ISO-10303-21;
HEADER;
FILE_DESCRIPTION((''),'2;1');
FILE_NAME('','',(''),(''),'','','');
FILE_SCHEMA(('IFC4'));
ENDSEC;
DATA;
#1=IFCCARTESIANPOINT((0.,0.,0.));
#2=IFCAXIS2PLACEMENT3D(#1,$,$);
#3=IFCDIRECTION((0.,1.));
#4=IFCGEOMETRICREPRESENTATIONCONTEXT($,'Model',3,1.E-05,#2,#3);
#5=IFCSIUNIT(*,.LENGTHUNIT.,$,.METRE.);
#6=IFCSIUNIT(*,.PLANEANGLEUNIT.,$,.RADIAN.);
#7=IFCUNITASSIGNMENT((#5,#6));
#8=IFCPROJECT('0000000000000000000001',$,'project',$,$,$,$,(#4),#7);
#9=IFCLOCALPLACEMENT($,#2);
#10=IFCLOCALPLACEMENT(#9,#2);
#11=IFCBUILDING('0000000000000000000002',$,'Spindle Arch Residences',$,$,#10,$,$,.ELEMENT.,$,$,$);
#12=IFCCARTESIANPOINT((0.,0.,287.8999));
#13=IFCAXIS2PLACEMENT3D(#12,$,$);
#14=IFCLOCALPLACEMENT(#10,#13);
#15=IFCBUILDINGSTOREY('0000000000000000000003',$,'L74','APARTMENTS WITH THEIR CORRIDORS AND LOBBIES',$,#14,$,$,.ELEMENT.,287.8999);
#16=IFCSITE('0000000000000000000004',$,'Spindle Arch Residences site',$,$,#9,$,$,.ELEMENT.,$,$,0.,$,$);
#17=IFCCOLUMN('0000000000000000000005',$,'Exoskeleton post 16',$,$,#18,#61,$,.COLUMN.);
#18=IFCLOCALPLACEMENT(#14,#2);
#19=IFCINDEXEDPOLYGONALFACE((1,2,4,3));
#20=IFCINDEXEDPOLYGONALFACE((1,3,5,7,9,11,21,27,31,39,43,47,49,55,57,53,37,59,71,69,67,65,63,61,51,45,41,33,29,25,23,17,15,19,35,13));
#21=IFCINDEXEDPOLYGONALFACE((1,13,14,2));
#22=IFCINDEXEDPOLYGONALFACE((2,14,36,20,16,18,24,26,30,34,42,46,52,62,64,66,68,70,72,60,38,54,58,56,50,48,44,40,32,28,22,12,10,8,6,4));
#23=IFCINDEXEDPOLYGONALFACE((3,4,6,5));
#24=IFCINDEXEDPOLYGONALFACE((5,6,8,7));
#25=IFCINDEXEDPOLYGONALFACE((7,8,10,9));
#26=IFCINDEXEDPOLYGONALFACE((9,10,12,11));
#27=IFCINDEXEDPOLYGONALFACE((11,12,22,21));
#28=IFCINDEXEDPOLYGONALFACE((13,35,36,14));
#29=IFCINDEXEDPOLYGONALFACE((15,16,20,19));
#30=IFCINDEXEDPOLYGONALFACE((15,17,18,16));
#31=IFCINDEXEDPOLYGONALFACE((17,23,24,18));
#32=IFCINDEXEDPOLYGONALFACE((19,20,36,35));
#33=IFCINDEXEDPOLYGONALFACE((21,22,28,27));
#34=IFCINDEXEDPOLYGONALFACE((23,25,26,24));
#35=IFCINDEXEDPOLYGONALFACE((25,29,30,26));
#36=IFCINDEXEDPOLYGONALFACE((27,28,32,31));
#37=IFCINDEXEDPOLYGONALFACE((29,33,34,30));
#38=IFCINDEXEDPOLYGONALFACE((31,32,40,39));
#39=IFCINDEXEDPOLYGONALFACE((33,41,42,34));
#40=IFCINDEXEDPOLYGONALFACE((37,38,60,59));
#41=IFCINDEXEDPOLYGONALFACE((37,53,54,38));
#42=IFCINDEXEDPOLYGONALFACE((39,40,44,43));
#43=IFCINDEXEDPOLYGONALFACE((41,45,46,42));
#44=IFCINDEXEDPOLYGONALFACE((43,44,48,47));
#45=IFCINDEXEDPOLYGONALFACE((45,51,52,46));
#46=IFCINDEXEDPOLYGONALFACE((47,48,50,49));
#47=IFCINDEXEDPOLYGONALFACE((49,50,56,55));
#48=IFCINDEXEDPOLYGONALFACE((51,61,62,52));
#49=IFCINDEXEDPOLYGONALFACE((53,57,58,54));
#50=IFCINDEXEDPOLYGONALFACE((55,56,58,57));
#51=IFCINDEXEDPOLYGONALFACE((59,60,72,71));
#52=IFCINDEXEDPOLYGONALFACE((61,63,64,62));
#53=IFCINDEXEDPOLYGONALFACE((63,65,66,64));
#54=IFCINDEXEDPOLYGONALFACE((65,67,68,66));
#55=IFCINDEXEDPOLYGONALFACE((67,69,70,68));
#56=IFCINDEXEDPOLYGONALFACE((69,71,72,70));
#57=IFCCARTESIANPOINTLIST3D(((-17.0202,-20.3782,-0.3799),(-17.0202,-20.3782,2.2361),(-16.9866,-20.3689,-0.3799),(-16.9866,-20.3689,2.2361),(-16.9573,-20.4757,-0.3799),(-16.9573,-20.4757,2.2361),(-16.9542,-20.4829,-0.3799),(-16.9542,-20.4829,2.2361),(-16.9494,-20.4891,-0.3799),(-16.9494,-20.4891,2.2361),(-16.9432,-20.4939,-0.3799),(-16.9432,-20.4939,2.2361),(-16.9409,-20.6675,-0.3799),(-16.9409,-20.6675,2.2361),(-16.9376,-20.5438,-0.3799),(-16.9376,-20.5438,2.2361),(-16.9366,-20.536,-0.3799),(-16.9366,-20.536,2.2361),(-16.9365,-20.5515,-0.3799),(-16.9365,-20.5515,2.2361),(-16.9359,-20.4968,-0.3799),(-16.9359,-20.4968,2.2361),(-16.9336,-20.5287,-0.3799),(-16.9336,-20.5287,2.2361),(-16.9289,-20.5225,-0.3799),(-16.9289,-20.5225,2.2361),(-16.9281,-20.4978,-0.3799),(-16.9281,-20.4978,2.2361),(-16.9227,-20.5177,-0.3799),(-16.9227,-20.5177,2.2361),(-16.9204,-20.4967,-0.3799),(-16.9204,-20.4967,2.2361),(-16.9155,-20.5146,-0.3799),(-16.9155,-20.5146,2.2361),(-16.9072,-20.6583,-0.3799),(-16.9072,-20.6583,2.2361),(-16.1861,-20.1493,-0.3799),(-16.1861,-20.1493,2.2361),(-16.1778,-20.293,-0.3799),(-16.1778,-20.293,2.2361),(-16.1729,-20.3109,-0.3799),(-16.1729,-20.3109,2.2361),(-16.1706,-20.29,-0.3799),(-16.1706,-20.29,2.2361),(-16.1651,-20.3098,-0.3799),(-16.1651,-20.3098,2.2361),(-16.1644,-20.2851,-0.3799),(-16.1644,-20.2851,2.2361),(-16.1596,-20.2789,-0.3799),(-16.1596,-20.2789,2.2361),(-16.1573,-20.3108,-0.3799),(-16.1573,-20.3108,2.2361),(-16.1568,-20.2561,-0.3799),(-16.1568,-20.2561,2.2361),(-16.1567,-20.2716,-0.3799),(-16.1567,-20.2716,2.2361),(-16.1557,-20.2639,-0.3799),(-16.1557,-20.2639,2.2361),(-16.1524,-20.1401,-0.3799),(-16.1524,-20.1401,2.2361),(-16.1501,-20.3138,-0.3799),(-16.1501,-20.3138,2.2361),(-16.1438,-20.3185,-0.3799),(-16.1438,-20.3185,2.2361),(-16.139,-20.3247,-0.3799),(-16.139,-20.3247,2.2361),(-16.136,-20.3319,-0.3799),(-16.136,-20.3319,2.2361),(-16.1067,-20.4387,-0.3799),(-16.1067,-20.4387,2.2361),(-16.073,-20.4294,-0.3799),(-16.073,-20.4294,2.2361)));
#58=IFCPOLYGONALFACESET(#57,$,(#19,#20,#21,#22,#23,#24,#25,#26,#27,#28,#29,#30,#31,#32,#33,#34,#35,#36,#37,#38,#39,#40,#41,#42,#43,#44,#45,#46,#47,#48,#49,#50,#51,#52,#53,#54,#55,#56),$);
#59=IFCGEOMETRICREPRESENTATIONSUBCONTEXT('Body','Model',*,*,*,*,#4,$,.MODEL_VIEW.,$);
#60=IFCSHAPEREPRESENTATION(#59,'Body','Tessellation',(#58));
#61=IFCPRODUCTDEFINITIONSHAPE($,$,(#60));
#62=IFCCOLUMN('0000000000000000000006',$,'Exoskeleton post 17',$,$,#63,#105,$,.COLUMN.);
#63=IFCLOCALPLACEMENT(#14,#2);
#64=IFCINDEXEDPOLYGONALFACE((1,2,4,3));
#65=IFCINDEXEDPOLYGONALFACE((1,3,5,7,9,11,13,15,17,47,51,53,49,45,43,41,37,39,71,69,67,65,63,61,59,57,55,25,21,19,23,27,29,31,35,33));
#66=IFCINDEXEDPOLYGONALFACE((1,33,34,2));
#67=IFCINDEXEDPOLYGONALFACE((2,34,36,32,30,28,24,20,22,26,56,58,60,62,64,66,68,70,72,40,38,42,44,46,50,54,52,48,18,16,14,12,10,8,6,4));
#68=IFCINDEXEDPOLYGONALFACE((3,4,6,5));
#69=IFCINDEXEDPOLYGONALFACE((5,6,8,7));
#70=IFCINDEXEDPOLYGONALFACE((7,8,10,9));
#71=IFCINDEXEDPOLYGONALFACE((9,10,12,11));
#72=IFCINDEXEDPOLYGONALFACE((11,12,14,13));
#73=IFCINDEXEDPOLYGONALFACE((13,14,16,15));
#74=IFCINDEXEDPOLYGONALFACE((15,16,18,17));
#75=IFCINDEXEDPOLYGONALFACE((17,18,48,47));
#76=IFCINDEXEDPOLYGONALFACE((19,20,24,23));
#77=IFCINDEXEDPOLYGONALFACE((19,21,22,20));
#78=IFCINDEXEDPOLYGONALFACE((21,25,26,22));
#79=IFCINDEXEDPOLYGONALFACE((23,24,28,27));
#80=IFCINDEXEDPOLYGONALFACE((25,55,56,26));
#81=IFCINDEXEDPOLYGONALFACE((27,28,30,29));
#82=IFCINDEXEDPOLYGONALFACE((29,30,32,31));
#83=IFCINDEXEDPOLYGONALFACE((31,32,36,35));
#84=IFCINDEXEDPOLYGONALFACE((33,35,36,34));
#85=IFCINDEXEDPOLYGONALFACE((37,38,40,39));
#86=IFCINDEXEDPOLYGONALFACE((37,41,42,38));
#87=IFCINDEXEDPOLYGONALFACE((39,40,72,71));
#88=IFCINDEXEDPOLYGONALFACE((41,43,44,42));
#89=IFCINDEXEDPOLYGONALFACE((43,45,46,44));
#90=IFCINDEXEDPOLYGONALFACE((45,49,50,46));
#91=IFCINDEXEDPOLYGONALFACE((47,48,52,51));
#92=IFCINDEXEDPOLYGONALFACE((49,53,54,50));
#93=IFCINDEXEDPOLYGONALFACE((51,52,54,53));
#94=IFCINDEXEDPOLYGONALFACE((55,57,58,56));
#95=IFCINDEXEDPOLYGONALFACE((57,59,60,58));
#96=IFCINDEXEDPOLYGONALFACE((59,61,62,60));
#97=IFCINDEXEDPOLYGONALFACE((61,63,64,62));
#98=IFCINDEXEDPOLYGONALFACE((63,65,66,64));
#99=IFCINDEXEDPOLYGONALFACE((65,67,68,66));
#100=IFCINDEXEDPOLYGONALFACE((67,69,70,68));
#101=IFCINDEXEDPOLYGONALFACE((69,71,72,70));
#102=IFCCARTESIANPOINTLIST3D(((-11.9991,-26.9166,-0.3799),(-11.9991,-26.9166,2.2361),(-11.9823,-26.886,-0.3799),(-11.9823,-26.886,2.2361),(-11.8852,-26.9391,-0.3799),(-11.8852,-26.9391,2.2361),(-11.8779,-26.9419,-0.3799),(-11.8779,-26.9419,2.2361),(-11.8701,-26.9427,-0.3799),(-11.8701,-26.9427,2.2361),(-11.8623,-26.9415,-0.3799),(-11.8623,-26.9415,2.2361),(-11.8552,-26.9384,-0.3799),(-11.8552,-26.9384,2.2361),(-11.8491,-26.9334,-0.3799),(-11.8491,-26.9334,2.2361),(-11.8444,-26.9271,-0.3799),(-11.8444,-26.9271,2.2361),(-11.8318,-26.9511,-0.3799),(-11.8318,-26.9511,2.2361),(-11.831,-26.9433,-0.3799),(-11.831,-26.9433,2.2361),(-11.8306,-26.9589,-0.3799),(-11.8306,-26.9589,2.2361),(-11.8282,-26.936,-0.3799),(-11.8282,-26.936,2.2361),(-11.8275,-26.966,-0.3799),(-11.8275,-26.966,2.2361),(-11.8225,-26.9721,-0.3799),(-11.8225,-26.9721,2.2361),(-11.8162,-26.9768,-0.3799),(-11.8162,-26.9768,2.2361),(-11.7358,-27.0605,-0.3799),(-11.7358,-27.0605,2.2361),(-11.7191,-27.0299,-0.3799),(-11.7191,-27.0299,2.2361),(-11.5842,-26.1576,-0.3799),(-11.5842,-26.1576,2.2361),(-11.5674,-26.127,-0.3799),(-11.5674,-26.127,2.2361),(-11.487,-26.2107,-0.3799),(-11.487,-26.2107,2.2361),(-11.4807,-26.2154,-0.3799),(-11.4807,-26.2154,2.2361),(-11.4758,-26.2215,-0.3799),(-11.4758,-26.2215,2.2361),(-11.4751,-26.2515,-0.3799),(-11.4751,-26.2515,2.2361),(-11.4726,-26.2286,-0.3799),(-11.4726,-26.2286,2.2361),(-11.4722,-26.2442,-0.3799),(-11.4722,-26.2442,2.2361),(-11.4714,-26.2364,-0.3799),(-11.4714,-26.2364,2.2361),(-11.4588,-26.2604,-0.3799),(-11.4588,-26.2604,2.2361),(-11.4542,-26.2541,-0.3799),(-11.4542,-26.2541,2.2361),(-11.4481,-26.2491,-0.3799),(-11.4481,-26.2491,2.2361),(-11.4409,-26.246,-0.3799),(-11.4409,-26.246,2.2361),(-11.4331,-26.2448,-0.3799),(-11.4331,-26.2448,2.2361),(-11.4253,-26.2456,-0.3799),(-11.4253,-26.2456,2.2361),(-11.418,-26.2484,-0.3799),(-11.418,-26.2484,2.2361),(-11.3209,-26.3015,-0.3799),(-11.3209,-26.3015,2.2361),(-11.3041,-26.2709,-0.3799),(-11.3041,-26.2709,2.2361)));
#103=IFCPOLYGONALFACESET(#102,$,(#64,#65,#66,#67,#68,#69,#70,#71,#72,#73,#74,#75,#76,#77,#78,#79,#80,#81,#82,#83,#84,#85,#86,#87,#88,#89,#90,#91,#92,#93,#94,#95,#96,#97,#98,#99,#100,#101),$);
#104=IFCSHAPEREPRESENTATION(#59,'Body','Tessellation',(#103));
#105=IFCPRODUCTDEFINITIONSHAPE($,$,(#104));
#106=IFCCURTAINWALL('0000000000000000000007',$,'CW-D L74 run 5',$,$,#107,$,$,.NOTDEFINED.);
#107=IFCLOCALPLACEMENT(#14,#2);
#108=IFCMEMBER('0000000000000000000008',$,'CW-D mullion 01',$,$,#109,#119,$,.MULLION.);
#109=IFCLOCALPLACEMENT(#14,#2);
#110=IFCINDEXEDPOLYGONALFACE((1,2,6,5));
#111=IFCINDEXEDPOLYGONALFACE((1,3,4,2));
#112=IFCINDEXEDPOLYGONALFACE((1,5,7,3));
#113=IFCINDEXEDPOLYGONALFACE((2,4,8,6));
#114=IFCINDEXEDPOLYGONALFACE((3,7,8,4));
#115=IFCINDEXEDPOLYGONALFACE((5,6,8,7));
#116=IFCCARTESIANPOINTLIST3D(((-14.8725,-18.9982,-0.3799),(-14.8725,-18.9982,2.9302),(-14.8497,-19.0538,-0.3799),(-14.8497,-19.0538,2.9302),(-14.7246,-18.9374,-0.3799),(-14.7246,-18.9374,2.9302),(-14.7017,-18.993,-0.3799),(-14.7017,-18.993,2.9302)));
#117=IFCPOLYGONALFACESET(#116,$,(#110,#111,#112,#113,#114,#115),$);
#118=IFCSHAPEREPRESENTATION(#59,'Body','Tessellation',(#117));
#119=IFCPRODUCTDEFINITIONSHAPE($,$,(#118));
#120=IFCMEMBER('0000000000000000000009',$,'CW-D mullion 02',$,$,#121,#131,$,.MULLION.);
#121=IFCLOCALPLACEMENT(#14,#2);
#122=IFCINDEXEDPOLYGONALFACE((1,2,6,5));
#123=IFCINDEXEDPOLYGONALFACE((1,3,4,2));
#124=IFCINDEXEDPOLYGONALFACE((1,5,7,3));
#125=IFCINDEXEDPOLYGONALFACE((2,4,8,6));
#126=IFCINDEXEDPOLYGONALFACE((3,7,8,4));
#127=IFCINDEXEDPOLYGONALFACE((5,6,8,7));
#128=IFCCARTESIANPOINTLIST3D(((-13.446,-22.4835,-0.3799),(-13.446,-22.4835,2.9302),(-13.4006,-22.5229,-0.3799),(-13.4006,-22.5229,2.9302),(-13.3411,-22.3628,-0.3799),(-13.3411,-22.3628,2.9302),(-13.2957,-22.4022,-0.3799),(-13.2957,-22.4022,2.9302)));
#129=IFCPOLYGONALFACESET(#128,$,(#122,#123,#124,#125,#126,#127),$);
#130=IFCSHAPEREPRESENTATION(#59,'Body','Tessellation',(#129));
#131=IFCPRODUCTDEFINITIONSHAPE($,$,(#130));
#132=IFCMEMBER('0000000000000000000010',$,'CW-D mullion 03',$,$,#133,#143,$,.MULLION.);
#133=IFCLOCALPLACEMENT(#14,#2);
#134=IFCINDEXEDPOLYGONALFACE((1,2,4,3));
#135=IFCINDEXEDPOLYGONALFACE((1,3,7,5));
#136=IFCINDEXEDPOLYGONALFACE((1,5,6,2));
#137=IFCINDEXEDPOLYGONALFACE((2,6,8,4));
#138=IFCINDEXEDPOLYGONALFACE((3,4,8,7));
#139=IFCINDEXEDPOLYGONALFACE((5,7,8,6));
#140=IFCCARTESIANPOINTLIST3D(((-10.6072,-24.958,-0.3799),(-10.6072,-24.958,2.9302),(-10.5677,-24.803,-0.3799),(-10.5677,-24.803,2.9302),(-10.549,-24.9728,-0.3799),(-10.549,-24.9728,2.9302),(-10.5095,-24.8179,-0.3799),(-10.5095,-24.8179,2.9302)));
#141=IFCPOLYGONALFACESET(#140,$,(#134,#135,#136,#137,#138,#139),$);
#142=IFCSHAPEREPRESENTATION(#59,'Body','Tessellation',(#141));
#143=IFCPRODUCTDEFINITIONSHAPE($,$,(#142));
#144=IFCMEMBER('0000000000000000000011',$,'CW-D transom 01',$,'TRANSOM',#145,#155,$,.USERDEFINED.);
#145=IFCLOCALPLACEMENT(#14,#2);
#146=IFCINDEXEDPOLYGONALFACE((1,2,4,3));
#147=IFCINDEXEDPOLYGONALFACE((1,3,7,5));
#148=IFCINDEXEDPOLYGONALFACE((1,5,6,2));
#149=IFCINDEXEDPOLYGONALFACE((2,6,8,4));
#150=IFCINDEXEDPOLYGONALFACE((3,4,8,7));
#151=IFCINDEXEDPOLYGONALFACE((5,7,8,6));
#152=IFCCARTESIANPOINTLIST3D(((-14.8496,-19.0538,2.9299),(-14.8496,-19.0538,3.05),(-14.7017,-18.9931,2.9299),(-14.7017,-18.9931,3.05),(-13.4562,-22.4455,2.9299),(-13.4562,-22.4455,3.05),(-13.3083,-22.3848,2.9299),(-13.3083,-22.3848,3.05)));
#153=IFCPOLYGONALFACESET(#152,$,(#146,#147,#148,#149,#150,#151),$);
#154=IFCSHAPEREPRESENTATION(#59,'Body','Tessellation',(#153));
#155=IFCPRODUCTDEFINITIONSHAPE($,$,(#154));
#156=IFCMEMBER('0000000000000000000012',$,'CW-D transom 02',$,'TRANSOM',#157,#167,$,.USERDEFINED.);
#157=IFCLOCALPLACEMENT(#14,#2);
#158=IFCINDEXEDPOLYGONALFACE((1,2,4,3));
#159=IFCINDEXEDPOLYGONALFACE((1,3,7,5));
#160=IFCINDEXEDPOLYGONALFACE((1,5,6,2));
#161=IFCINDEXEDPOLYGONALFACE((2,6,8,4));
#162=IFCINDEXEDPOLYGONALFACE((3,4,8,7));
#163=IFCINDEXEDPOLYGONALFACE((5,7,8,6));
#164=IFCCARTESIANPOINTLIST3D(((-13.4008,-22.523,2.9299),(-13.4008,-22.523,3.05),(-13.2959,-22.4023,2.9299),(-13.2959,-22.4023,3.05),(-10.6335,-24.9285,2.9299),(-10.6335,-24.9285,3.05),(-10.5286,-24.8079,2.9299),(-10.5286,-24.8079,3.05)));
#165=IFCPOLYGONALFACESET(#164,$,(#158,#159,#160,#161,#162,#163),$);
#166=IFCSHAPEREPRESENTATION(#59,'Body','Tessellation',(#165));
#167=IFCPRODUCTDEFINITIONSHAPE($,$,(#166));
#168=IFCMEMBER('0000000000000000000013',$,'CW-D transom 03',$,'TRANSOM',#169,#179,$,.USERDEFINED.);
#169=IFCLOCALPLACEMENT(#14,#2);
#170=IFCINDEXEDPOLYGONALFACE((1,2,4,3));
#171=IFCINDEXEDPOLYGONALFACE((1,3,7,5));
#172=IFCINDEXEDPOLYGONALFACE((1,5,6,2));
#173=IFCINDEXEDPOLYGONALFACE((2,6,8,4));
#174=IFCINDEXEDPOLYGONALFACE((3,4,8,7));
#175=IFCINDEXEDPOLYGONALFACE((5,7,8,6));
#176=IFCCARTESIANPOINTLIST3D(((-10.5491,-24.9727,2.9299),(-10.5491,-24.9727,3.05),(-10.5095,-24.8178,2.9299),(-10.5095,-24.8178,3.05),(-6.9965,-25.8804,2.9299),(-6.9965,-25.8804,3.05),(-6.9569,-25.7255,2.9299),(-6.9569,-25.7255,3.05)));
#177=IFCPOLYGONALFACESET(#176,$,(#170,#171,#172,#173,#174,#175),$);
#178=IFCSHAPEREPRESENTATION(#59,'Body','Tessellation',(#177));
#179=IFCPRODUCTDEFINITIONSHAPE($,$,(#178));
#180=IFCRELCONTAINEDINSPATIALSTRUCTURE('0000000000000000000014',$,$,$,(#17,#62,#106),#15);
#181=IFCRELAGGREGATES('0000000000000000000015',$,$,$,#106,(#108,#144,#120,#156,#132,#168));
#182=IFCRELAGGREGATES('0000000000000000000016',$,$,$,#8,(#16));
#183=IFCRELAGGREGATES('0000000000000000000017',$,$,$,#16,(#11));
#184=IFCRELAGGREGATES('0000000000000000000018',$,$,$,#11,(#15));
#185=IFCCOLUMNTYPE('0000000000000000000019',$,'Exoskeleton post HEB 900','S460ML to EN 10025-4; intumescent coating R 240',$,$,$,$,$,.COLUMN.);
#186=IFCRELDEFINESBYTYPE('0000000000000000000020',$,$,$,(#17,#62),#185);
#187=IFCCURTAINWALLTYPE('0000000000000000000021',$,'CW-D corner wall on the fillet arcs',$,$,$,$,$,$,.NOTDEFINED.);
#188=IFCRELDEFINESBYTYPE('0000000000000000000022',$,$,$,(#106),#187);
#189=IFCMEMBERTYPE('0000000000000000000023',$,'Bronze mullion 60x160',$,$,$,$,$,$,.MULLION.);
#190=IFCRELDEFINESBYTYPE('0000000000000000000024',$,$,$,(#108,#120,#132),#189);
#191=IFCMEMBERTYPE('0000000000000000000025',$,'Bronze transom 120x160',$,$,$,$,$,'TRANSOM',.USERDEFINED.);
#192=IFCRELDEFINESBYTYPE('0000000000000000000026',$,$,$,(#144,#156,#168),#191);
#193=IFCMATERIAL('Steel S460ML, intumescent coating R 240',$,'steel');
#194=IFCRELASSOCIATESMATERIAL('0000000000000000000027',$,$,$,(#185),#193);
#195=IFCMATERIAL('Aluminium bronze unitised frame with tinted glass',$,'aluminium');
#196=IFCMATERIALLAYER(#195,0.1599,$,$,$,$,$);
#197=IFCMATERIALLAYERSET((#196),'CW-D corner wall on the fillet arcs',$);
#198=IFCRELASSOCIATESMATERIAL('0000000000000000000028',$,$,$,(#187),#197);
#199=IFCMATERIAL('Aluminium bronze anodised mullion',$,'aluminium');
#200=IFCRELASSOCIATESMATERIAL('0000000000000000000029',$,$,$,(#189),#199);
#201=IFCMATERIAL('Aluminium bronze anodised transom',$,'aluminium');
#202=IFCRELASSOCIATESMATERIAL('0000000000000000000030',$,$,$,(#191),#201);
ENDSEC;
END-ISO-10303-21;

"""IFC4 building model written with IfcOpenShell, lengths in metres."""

from ifc_helpers import new_model, si_unit, direction, frame, origin, origin_2d, place, context, subcontext, project, spatial, rectangle, i_section, extrude, material, layer, layer_set, material_profile, profile_set, type_object, element, aggregate, save


model = new_model("IFC4")

# Units and contexts
model_context = context("Model", 3, precision=1e-05, world=origin(), true_north=direction((0.0, 1.0)))
body_context = subcontext(model_context, "Body", "Model", "MODEL_VIEW")
ifc_project = project(units=[si_unit("LENGTHUNIT", "METRE"), si_unit("PLANEANGLEUNIT", "RADIAN")], contexts=[model_context])

# Site, building, storey
site_placement = place(None, origin())
site = spatial("IfcSite", under=ifc_project, at=site_placement, Name="Spindle Arch Residences site", CompositionType="ELEMENT", RefElevation=0.0)
building_placement = place(site_placement, origin())
building = spatial("IfcBuilding", under=site, at=building_placement, Name="Spindle Arch Residences", CompositionType="ELEMENT")
storey_placement = place(building_placement, frame((0.0, 0.0, 287.8999)))
storey = spatial("IfcBuildingStorey", under=building, at=storey_placement, Name="L74", Description="APARTMENTS WITH THEIR CORRIDORS AND LOBBIES", CompositionType="ELEMENT", Elevation=287.8999)

# Columns
ifc_material_1 = material(Name="Steel S460ML, intumescent coating R 240", Category="steel")
ifc_material_profile_1 = material_profile(ifc_material_1, i_section(OverallWidth=0.3, OverallDepth=0.8999, WebThickness=0.0186, FlangeThickness=0.0349, FilletRadius=0.03, at=origin_2d()), Name="HEB 900")
ifc_profile_set_1 = profile_set([ifc_material_profile_1], Name="Steel S460ML, intumescent coating R 240")
column_type = type_object("IfcColumnType", Name="Exoskeleton post HEB 900", Description="S460ML to EN 10025-4; intumescent coating R 240", PredefinedType="COLUMN", material=ifc_profile_set_1)
for number, where, z_axis, x_axis, name in (
    (1, (-16.5466, -20.4038, -0.3799), (0.0, 0.0, 1.0), (-0.264569, 0.964367, 0.0), "Exoskeleton post 16"),
    (2, (-11.6516, -26.5938, -0.3799), (0.0, 0.0, 1.0), (-0.877435, 0.479696, 0.0), "Exoskeleton post 17"),
):
    element("IfcColumn", number, at=place(storey_placement, frame(where, z_axis=z_axis, x_axis=x_axis)), inside=storey, type_object=column_type, Name=name, PredefinedType="COLUMN", context=body_context, shape_type="SweptSolid", body=[
        extrude(i_section(OverallWidth=0.3, OverallDepth=0.8999, WebThickness=0.0186, FlangeThickness=0.0349, FilletRadius=0.03, at=origin_2d()), origin(), (0.0, 0.0, 1.0), 2.616),
    ])

# Curtain wall, members
ifc_material_2 = material(Name="Aluminium bronze unitised frame with tinted glass", Category="aluminium")
ifc_layer_1 = layer(ifc_material_2, 0.1599)
ifc_layer_set_1 = layer_set([ifc_layer_1], Name="CW-D corner wall on the fillet arcs")
curtain_wall_type = type_object("IfcCurtainWallType", Name="CW-D corner wall on the fillet arcs", PredefinedType="NOTDEFINED", material=ifc_layer_set_1)
curtain_wall_placement = place(storey_placement, origin())
curtain_wall = element("IfcCurtainWall", 3, at=curtain_wall_placement, inside=storey, type_object=curtain_wall_type, Name="CW-D L74 run 5", PredefinedType="NOTDEFINED")
ifc_material_3 = material(Name="Aluminium bronze anodised mullion", Category="aluminium")
ifc_material_profile_2 = material_profile(ifc_material_3, rectangle(XDim=0.1599, YDim=0.0601, at=origin_2d()), Name="MU 60x160")
ifc_profile_set_2 = profile_set([ifc_material_profile_2], Name="Aluminium bronze anodised mullion")
member_type_1 = type_object("IfcMemberType", Name="Bronze mullion 60x160", PredefinedType="MULLION", material=ifc_profile_set_2)
member_1_placement = place(storey_placement, frame((-14.7871, -18.9956, -0.3799), z_axis=(0.0, 0.0, 1.0), x_axis=(0.924989, 0.379994, 0.0)))
member_1 = element("IfcMember", 4, at=member_1_placement, type_object=member_type_1, Name="CW-D mullion 01", PredefinedType="MULLION", context=body_context, shape_type="SweptSolid", body=[
    extrude(rectangle(XDim=0.1599, YDim=0.0601, at=origin_2d()), origin(), (0.0, 0.0, 1.0), 3.3101),
])
member_2_placement = place(storey_placement, frame((-13.3708, -22.4429, -0.3799), z_axis=(0.0, 0.0, 1.0), x_axis=(0.656059, 0.75471, 0.0)))
member_2 = element("IfcMember", 5, at=member_2_placement, type_object=member_type_1, Name="CW-D mullion 02", PredefinedType="MULLION", context=body_context, shape_type="SweptSolid", body=[
    extrude(rectangle(XDim=0.1599, YDim=0.0601, at=origin_2d()), origin(), (0.0, 0.0, 1.0), 3.3101),
])
member_3_placement = place(storey_placement, frame((-10.5583, -24.8879, -0.3799), z_axis=(0.0, 0.0, 1.0), x_axis=(0.247563, 0.968872, 0.0)))
member_3 = element("IfcMember", 6, at=member_3_placement, type_object=member_type_1, Name="CW-D mullion 03", PredefinedType="MULLION", context=body_context, shape_type="SweptSolid", body=[
    extrude(rectangle(XDim=0.1599, YDim=0.0601, at=origin_2d()), origin(), (0.0, 0.0, 1.0), 3.3101),
])
ifc_material_4 = material(Name="Aluminium bronze anodised transom", Category="aluminium")
ifc_material_profile_3 = material_profile(ifc_material_4, rectangle(XDim=0.1599, YDim=0.1201, at=origin_2d()), Name="TR 120x160")
ifc_profile_set_3 = profile_set([ifc_material_profile_3], Name="Aluminium bronze anodised transom")
member_type_2 = type_object("IfcMemberType", Name="Bronze transom 120x160", ElementType="TRANSOM", PredefinedType="USERDEFINED", material=ifc_profile_set_3)
member_4_placement = place(storey_placement, frame((-14.7756, -19.0234, 2.99), z_axis=(0.379996, -0.924988, 0.0), x_axis=(0.924988, 0.379996, 0.0)))
member_4 = element("IfcMember", 7, at=member_4_placement, type_object=member_type_2, Name="CW-D transom 01", ObjectType="TRANSOM", PredefinedType="USERDEFINED", context=body_context, shape_type="SweptSolid", body=[
    extrude(rectangle(XDim=0.1599, YDim=0.1201, at=origin_2d()), origin(), (0.0, 0.0, 1.0), 3.6667),
])
member_5_placement = place(storey_placement, frame((-13.3484, -22.4626, 2.99), z_axis=(0.754722, -0.656045, 0.0), x_axis=(0.656045, 0.754722, 0.0)))
member_5 = element("IfcMember", 8, at=member_5_placement, type_object=member_type_2, Name="CW-D transom 02", ObjectType="TRANSOM", PredefinedType="USERDEFINED", context=body_context, shape_type="SweptSolid", body=[
    extrude(rectangle(XDim=0.1599, YDim=0.1201, at=origin_2d()), origin(), (0.0, 0.0, 1.0), 3.6667),
])
member_6_placement = place(storey_placement, frame((-10.5293, -24.8953, 2.99), z_axis=(0.968876, -0.247545, 0.0), x_axis=(0.247545, 0.968876, 0.0)))
member_6 = element("IfcMember", 9, at=member_6_placement, type_object=member_type_2, Name="CW-D transom 03", ObjectType="TRANSOM", PredefinedType="USERDEFINED", context=body_context, shape_type="SweptSolid", body=[
    extrude(rectangle(XDim=0.1599, YDim=0.1201, at=origin_2d()), origin(), (0.0, 0.0, 1.0), 3.6667),
])

aggregate(curtain_wall, [member_1, member_4, member_2, member_5, member_3, member_6])

save(model, "model.ifc")
